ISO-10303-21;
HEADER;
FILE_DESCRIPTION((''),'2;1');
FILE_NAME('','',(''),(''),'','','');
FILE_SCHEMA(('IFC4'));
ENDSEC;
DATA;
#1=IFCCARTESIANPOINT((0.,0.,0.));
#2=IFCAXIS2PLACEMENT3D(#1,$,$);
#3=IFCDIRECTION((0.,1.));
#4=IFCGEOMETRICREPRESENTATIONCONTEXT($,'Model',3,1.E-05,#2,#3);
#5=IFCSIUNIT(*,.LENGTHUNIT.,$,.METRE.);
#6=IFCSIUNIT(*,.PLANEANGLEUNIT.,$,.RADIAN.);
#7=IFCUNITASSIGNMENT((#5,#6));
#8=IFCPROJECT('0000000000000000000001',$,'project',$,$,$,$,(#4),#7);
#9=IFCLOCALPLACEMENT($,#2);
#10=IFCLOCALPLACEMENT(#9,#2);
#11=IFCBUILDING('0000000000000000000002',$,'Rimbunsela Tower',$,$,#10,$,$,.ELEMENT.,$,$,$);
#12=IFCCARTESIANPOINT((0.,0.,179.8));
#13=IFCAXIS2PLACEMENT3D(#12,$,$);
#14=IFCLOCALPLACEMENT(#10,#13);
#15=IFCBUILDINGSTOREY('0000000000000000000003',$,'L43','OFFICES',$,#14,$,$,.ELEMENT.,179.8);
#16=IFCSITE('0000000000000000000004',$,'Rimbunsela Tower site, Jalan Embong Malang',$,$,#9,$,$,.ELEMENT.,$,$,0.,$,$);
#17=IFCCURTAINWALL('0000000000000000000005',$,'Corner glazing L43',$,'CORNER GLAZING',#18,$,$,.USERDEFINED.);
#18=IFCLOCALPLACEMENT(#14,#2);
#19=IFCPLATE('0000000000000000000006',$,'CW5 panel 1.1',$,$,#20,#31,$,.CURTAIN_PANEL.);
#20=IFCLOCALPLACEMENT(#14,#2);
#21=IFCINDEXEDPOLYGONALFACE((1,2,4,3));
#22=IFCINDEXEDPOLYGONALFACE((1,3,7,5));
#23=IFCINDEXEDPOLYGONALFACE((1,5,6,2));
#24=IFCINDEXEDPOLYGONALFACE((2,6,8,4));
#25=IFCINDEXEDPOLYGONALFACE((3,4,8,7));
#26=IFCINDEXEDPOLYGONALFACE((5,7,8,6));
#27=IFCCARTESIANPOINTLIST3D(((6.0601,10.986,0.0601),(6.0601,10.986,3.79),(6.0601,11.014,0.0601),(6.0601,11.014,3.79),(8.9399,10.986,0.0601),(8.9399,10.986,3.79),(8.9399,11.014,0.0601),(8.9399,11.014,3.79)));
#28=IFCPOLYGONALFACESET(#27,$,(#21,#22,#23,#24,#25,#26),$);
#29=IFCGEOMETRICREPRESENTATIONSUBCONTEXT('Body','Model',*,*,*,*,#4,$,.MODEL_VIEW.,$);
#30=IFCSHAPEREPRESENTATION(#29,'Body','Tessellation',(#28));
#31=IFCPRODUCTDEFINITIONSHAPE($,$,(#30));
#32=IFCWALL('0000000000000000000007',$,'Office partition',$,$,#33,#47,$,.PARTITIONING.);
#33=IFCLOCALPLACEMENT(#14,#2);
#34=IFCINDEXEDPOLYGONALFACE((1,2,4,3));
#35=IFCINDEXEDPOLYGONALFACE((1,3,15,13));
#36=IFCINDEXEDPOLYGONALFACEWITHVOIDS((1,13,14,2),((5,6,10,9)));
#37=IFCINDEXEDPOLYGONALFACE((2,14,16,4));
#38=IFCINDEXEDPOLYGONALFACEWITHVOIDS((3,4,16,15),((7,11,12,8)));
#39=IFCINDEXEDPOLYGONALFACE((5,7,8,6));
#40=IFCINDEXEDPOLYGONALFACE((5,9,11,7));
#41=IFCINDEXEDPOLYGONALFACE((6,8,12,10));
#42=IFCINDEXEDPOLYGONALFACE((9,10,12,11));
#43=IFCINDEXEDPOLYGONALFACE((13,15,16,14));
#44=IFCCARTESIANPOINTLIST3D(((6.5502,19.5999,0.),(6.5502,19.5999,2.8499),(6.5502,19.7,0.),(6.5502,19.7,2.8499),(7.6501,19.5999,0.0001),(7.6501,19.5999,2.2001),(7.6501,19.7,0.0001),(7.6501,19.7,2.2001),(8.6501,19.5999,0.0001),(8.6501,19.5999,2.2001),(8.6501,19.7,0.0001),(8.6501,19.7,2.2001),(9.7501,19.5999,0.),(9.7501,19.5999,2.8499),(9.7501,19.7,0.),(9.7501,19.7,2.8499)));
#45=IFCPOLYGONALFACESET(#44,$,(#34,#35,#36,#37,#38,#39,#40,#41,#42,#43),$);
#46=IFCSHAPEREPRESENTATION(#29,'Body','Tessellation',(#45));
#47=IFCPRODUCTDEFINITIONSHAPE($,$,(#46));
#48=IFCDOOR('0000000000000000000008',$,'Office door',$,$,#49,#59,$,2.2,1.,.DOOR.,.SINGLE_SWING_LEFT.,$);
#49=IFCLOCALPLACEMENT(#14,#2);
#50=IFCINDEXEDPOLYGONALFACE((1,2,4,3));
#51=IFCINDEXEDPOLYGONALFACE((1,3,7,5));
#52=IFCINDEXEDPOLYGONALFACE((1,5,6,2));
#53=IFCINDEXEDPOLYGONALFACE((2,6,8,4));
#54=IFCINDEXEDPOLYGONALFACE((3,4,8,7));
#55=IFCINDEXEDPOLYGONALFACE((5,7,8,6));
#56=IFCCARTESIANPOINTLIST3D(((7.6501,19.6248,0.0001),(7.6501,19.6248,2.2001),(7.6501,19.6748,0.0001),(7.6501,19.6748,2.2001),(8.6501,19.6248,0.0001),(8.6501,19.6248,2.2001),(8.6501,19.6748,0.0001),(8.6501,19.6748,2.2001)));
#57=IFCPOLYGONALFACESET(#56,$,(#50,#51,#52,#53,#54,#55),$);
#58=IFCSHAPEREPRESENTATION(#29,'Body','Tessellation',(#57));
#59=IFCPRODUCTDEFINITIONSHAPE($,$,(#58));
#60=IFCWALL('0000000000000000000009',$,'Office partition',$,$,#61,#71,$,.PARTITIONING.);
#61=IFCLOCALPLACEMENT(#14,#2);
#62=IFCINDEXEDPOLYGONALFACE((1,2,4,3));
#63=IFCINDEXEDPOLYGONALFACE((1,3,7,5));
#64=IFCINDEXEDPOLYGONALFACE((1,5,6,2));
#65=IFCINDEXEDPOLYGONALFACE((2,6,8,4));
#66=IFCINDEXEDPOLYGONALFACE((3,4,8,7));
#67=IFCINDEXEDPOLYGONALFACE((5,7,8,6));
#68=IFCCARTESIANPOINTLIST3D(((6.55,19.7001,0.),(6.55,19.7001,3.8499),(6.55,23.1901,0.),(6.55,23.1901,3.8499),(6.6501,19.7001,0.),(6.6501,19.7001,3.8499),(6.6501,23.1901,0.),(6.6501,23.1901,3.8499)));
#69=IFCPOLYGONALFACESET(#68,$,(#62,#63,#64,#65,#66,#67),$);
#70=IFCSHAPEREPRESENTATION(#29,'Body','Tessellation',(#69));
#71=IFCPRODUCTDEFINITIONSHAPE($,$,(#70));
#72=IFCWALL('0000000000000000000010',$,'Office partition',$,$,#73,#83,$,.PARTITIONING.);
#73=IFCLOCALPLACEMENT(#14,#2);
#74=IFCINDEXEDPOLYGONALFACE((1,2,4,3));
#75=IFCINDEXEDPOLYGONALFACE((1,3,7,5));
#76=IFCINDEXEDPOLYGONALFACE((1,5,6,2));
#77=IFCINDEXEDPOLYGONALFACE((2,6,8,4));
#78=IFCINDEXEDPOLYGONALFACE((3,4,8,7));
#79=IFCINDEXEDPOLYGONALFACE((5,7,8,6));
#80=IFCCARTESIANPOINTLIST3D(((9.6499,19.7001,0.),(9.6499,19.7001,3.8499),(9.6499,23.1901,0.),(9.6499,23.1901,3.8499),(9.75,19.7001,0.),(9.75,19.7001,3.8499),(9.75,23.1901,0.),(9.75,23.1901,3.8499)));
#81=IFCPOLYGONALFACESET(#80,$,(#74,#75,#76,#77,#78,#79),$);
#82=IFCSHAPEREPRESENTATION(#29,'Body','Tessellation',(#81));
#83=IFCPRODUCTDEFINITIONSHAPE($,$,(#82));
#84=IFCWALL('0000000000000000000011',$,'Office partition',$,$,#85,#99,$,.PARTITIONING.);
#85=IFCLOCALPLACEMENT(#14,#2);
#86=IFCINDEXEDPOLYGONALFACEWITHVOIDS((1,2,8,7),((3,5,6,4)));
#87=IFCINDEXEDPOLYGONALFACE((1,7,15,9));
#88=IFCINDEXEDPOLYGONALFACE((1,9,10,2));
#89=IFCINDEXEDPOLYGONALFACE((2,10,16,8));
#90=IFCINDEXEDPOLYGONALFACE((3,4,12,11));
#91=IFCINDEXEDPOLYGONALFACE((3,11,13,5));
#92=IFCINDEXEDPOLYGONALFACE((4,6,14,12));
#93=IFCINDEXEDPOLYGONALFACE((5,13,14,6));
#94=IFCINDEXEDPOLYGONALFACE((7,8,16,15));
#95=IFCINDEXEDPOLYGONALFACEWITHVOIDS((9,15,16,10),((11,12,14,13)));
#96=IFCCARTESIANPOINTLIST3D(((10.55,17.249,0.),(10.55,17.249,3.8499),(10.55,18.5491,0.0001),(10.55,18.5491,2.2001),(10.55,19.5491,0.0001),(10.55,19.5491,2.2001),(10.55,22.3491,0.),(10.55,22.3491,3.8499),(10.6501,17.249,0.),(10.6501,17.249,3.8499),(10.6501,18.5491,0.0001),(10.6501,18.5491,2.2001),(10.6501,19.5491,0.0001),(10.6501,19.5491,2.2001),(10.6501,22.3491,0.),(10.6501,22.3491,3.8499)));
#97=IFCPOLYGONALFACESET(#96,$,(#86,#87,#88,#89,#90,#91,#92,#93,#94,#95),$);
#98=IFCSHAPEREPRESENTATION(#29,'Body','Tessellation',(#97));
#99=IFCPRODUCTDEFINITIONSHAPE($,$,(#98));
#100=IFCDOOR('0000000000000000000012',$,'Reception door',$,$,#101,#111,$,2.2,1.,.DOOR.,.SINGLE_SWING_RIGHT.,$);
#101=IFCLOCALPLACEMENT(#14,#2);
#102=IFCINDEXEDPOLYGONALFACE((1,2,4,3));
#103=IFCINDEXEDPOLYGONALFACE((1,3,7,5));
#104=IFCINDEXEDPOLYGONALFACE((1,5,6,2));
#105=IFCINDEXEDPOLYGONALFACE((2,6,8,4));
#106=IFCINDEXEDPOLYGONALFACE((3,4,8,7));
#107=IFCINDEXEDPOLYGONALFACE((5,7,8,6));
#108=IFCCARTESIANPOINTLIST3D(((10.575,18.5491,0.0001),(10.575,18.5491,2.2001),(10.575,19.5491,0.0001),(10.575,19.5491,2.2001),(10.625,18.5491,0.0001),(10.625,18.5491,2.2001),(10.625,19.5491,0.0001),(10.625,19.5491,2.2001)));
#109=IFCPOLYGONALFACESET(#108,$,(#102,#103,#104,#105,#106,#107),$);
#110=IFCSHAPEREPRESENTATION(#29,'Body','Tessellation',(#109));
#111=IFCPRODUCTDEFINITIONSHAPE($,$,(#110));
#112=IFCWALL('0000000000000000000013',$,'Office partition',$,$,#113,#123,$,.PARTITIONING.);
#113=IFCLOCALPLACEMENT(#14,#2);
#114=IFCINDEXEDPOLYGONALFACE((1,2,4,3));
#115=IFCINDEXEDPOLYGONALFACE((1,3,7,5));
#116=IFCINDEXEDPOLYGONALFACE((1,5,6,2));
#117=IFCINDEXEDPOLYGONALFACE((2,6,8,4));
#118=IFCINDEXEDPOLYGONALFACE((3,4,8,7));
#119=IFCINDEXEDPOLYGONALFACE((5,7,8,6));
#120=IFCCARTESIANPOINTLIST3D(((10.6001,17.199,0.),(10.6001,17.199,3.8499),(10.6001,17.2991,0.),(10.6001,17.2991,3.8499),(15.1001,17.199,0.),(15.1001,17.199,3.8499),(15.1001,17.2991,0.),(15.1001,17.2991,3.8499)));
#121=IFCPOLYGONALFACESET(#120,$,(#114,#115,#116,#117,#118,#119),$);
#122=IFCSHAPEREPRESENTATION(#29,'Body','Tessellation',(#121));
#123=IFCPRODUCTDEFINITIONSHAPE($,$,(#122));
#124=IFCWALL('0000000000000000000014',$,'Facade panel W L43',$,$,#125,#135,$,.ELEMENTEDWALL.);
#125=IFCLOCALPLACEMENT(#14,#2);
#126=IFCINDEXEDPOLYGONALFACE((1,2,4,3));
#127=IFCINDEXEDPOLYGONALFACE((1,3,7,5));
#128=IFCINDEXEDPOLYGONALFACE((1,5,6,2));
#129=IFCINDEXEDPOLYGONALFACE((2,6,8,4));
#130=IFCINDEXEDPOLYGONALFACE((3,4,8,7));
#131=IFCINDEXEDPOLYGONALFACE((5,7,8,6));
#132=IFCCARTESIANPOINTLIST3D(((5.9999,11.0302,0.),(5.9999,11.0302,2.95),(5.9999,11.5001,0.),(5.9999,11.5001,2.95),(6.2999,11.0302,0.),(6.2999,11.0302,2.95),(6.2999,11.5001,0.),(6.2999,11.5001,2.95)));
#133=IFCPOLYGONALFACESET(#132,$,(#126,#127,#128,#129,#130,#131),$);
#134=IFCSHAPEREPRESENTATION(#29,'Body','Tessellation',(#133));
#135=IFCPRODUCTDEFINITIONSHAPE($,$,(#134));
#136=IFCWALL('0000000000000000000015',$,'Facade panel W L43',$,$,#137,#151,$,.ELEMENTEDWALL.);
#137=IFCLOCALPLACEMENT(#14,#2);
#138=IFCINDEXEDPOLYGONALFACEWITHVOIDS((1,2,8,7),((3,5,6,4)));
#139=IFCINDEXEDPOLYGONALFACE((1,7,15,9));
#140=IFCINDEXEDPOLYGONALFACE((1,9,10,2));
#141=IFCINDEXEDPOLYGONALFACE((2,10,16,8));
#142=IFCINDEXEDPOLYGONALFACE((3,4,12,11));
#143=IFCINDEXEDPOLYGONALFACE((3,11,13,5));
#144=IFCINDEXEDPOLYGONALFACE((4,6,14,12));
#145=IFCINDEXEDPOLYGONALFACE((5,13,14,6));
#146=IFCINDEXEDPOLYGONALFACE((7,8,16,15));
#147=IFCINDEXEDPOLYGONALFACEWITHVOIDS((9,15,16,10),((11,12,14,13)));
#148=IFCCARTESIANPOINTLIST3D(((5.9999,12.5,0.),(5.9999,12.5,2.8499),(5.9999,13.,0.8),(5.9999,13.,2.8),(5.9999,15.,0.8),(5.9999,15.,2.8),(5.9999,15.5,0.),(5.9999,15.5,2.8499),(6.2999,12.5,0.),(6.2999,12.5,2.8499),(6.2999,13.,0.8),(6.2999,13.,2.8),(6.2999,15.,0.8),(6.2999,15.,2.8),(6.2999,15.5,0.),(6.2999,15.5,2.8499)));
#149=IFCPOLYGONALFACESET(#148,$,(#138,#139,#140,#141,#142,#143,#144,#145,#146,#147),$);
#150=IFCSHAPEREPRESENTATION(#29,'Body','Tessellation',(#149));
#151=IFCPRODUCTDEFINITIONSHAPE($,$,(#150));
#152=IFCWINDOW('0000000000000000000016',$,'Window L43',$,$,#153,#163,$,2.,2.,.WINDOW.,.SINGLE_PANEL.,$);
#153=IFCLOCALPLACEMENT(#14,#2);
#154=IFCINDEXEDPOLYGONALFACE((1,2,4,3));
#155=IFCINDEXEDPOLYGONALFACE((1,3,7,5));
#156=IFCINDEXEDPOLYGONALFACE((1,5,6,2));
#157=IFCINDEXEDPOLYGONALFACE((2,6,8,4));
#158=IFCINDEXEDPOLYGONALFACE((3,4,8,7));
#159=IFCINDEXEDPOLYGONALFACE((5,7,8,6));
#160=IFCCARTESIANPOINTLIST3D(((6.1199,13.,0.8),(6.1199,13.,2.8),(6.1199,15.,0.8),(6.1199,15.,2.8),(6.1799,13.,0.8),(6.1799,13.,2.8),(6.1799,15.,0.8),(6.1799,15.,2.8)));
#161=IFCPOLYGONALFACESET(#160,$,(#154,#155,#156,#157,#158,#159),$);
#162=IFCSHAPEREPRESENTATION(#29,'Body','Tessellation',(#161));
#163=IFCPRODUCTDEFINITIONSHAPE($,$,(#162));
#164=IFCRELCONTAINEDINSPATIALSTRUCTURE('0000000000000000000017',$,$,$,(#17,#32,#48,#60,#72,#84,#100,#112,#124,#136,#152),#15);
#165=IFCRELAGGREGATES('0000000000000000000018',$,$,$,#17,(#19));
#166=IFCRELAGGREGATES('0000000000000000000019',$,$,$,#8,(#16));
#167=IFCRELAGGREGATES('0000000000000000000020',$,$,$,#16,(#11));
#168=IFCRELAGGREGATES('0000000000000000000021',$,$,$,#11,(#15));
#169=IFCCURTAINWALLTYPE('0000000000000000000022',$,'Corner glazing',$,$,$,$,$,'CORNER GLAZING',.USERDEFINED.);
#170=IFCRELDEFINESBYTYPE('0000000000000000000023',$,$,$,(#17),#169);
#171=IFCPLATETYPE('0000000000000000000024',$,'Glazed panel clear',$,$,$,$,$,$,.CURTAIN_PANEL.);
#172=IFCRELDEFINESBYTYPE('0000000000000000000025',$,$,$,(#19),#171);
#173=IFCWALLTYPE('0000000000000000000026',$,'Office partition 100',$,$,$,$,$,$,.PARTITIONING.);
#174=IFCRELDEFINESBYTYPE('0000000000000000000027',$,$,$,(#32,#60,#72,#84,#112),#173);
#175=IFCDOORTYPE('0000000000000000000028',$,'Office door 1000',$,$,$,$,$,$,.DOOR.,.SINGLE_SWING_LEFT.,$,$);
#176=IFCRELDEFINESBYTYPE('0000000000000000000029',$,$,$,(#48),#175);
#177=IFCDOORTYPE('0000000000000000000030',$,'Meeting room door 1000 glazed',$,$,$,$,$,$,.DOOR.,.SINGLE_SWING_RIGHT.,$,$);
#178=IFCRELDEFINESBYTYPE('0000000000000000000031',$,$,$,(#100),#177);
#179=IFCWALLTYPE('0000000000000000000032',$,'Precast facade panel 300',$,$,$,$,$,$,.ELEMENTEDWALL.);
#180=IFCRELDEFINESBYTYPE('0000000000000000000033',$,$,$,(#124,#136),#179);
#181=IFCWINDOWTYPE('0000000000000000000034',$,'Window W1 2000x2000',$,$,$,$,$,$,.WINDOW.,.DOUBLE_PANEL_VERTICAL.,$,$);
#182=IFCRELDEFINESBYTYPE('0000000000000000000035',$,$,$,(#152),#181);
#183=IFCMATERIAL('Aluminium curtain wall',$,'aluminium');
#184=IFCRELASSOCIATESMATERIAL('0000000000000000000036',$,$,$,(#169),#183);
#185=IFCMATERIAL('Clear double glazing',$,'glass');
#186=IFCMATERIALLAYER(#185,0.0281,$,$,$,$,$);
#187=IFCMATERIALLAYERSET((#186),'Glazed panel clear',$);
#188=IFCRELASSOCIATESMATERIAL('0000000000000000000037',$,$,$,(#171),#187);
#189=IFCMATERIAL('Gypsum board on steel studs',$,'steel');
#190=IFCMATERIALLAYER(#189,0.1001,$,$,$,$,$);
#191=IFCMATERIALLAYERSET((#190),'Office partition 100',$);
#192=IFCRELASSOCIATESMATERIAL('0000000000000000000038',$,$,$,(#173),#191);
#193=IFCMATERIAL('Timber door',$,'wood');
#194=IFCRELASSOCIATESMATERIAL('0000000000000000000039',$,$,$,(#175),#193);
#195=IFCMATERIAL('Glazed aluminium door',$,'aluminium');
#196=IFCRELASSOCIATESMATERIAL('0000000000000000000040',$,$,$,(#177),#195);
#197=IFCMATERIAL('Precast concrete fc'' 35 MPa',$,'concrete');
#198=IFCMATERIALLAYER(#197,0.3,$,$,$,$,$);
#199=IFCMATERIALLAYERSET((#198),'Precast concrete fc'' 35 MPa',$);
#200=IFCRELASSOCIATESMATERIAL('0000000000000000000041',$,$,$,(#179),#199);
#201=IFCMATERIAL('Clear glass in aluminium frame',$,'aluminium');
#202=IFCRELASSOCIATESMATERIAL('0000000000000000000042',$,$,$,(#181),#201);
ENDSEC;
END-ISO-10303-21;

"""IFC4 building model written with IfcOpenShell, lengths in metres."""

from ifc_helpers import new_model, si_unit, direction, frame, frame_2d, origin, origin_2d, place, context, subcontext, project, spatial, rectangle, extrude, material, layer, layer_set, type_object, element, fill, aggregate, save


model = new_model("IFC4")

# Units and contexts
model_context = context("Model", 3, precision=1e-05, world=origin(), true_north=direction((0.0, 1.0)))
body_context = subcontext(model_context, "Body", "Model", "MODEL_VIEW")
ifc_project = project(units=[si_unit("LENGTHUNIT", "METRE"), si_unit("PLANEANGLEUNIT", "RADIAN")], contexts=[model_context])

# Site, building, storey
site_placement = place(None, origin())
site = spatial("IfcSite", under=ifc_project, at=site_placement, Name="Rimbunsela Tower site, Jalan Embong Malang", CompositionType="ELEMENT", RefElevation=0.0)
building_placement = place(site_placement, origin())
building = spatial("IfcBuilding", under=site, at=building_placement, Name="Rimbunsela Tower", CompositionType="ELEMENT")
storey_placement = place(building_placement, frame((0.0, 0.0, 179.8)))
storey = spatial("IfcBuildingStorey", under=building, at=storey_placement, Name="L43", Description="OFFICES", CompositionType="ELEMENT", Elevation=179.8)

# Curtain wall, plate
ifc_material_1 = material(Name="Aluminium curtain wall", Category="aluminium")
curtain_wall_type = type_object("IfcCurtainWallType", Name="Corner glazing", ElementType="CORNER GLAZING", PredefinedType="USERDEFINED", material=ifc_material_1)
curtain_wall_placement = place(storey_placement, origin())
curtain_wall = element("IfcCurtainWall", 1, at=curtain_wall_placement, inside=storey, type_object=curtain_wall_type, Name="Corner glazing L43", ObjectType="CORNER GLAZING", PredefinedType="USERDEFINED")
ifc_material_2 = material(Name="Clear double glazing", Category="glass")
ifc_layer_1 = layer(ifc_material_2, 0.0281)
ifc_layer_set_1 = layer_set([ifc_layer_1], Name="Glazed panel clear")
plate_type = type_object("IfcPlateType", Name="Glazed panel clear", PredefinedType="CURTAIN_PANEL", material=ifc_layer_set_1)
plate_placement = place(storey_placement, frame((7.5, 11.0, 0.0601), z_axis=(0.0, 0.0, 1.0), x_axis=(1.0, 0.0, 0.0)))
plate = element("IfcPlate", 2, at=plate_placement, type_object=plate_type, Name="CW5 panel 1.1", PredefinedType="CURTAIN_PANEL", context=body_context, shape_type="SweptSolid", body=[
    extrude(rectangle(XDim=2.8799, YDim=0.0281, at=origin_2d()), origin(), (0.0, 0.0, 1.0), 3.73),
])
aggregate(curtain_wall, [plate])

# Wall, opening, door
ifc_material_3 = material(Name="Gypsum board on steel studs", Category="steel")
ifc_layer_2 = layer(ifc_material_3, 0.1001)
ifc_layer_set_2 = layer_set([ifc_layer_2], Name="Office partition 100")
wall_type_1 = type_object("IfcWallType", Name="Office partition 100", PredefinedType="PARTITIONING", material=ifc_layer_set_2)
wall_1_placement = place(storey_placement, frame((6.55, 19.6499, 0.0), z_axis=(0.0, 0.0, 1.0), x_axis=(1.0, 0.0, 0.0)))
wall_1 = element("IfcWall", 3, at=wall_1_placement, inside=storey, type_object=wall_type_1, Name="Office partition", PredefinedType="PARTITIONING", context=body_context, shape_type="SweptSolid", body=[
    extrude(rectangle(XDim=3.2, YDim=0.1001, at=frame_2d((1.6001, 0.0))), origin(), (0.0, 0.0, 1.0), 2.8499),
])
opening_1_placement = place(wall_1_placement, frame((1.1001, 0.0, 0.0)))
opening_1 = element("IfcOpeningElement", 4, at=opening_1_placement, cuts=wall_1, PredefinedType="OPENING", context=body_context, shape_type="SweptSolid", body=[
    extrude(rectangle(XDim=1.0, YDim=2.2, at=frame_2d((0.5, 1.1001))), frame((0.0, 0.0601, 0.0), z_axis=(0.0, -1.0, 0.0), x_axis=(1.0, 0.0, 0.0)), (0.0, 0.0, 1.0), 0.1201),
])
ifc_material_4 = material(Name="Timber door", Category="wood")
door_type_1 = type_object("IfcDoorType", Name="Office door 1000", OperationType="SINGLE_SWING_LEFT", PredefinedType="DOOR", material=ifc_material_4)
door_1_placement = place(opening_1_placement, origin())
door_1 = element("IfcDoor", 5, at=door_1_placement, inside=storey, type_object=door_type_1, Name="Office door", OperationType="SINGLE_SWING_LEFT", OverallHeight=2.2, OverallWidth=1.0, PredefinedType="DOOR", context=body_context, shape_type="SweptSolid", body=[
    extrude(rectangle(XDim=1.0, YDim=2.2, at=frame_2d((0.5, 1.1001))), frame((0.0, 0.0249, 0.0), z_axis=(0.0, -1.0, 0.0), x_axis=(1.0, 0.0, 0.0)), (0.0, 0.0, 1.0), 0.05),
])
fill(opening_1, door_1)

# Walls
for number, where, z_axis, x_axis, name in (
    (6, (6.6001, 19.7, 0.0), (0.0, 0.0, 1.0), (0.0, 1.0, 0.0), "Office partition"),
    (7, (9.7, 19.7, 0.0), (0.0, 0.0, 1.0), (0.0, 1.0, 0.0), "Office partition"),
):
    element("IfcWall", number, at=place(storey_placement, frame(where, z_axis=z_axis, x_axis=x_axis)), inside=storey, type_object=wall_type_1, Name=name, PredefinedType="PARTITIONING", context=body_context, shape_type="SweptSolid", body=[
        extrude(rectangle(XDim=3.49, YDim=0.1001, at=frame_2d((1.7451, 0.0))), origin(), (0.0, 0.0, 1.0), 3.8499),
    ])

# Wall, opening, door
wall_2_placement = place(storey_placement, frame((10.6001, 22.3491, 0.0), z_axis=(0.0, 0.0, 1.0), x_axis=(0.0, -1.0, 0.0)))
wall_2 = element("IfcWall", 8, at=wall_2_placement, inside=storey, type_object=wall_type_1, Name="Office partition", PredefinedType="PARTITIONING", context=body_context, shape_type="SweptSolid", body=[
    extrude(rectangle(XDim=5.1001, YDim=0.1001, at=frame_2d((2.55, 0.0))), origin(), (0.0, 0.0, 1.0), 3.8499),
])
opening_2_placement = place(wall_2_placement, frame((2.8, 0.0, 0.0)))
opening_2 = element("IfcOpeningElement", 9, at=opening_2_placement, cuts=wall_2, PredefinedType="OPENING", context=body_context, shape_type="SweptSolid", body=[
    extrude(rectangle(XDim=1.0, YDim=2.2, at=frame_2d((0.5, 1.1001))), frame((0.0, 0.0601, 0.0), z_axis=(0.0, -1.0, 0.0), x_axis=(1.0, 0.0, 0.0)), (0.0, 0.0, 1.0), 0.1201),
])
ifc_material_5 = material(Name="Glazed aluminium door", Category="aluminium")
door_type_2 = type_object("IfcDoorType", Name="Meeting room door 1000 glazed", OperationType="SINGLE_SWING_RIGHT", PredefinedType="DOOR", material=ifc_material_5)
door_2_placement = place(opening_2_placement, origin())
door_2 = element("IfcDoor", 10, at=door_2_placement, inside=storey, type_object=door_type_2, Name="Reception door", OperationType="SINGLE_SWING_RIGHT", OverallHeight=2.2, OverallWidth=1.0, PredefinedType="DOOR", context=body_context, shape_type="SweptSolid", body=[
    extrude(rectangle(XDim=1.0, YDim=2.2, at=frame_2d((0.5, 1.1001))), frame((0.0, 0.0249, 0.0), z_axis=(0.0, -1.0, 0.0), x_axis=(1.0, 0.0, 0.0)), (0.0, 0.0, 1.0), 0.05),
])
fill(opening_2, door_2)

# Walls
wall_3_placement = place(storey_placement, frame((10.6001, 17.249, 0.0), z_axis=(0.0, 0.0, 1.0), x_axis=(1.0, 0.0, 0.0)))
element("IfcWall", 11, at=wall_3_placement, inside=storey, type_object=wall_type_1, Name="Office partition", PredefinedType="PARTITIONING", context=body_context, shape_type="SweptSolid", body=[
    extrude(rectangle(XDim=4.5, YDim=0.1001, at=frame_2d((2.25, 0.0))), origin(), (0.0, 0.0, 1.0), 3.8499),
])
ifc_material_6 = material(Name="Precast concrete fc' 35 MPa", Category="concrete")
ifc_layer_3 = layer(ifc_material_6, 0.3)
ifc_layer_set_3 = layer_set([ifc_layer_3], Name="Precast concrete fc' 35 MPa")
wall_type_2 = type_object("IfcWallType", Name="Precast facade panel 300", PredefinedType="ELEMENTEDWALL", material=ifc_layer_set_3)
wall_4_placement = place(storey_placement, frame((6.1499, 11.5, 0.0), z_axis=(0.0, 0.0, 1.0), x_axis=(0.0, -1.0, 0.0)))
element("IfcWall", 12, at=wall_4_placement, inside=storey, type_object=wall_type_2, Name="Facade panel W L43", PredefinedType="ELEMENTEDWALL", context=body_context, shape_type="SweptSolid", body=[
    extrude(rectangle(XDim=0.47, YDim=0.3, at=frame_2d((0.2349, 0.0))), origin(), (0.0, 0.0, 1.0), 2.95),
])

# Wall, opening, window
wall_5_placement = place(storey_placement, frame((6.1499, 15.5, 0.0), z_axis=(0.0, 0.0, 1.0), x_axis=(0.0, -1.0, 0.0)))
wall_5 = element("IfcWall", 13, at=wall_5_placement, inside=storey, type_object=wall_type_2, Name="Facade panel W L43", PredefinedType="ELEMENTEDWALL", context=body_context, shape_type="SweptSolid", body=[
    extrude(rectangle(XDim=3.0, YDim=0.3, at=frame_2d((1.5, 0.0))), origin(), (0.0, 0.0, 1.0), 2.8499),
])
opening_3_placement = place(wall_5_placement, frame((0.5, 0.0, 0.8)))
opening_3 = element("IfcOpeningElement", 14, at=opening_3_placement, cuts=wall_5, PredefinedType="OPENING", context=body_context, shape_type="SweptSolid", body=[
    extrude(rectangle(XDim=2.0, YDim=2.0, at=frame_2d((1.0, 1.0))), frame((0.0, 0.1599, 0.0), z_axis=(0.0, -1.0, 0.0), x_axis=(1.0, 0.0, 0.0)), (0.0, 0.0, 1.0), 0.3201),
])
ifc_material_7 = material(Name="Clear glass in aluminium frame", Category="aluminium")
window_type = type_object("IfcWindowType", Name="Window W1 2000x2000", PartitioningType="DOUBLE_PANEL_VERTICAL", PredefinedType="WINDOW", material=ifc_material_7)
window_1_placement = place(opening_3_placement, origin())
window_1 = element("IfcWindow", 15, at=window_1_placement, inside=storey, type_object=window_type, Name="Window L43", OverallHeight=2.0, OverallWidth=2.0, PartitioningType="SINGLE_PANEL", PredefinedType="WINDOW", context=body_context, shape_type="SweptSolid", body=[
    extrude(rectangle(XDim=2.0, YDim=2.0, at=frame_2d((1.0, 1.0))), frame((0.0, 0.03, 0.0), z_axis=(0.0, -1.0, 0.0), x_axis=(1.0, 0.0, 0.0)), (0.0, 0.0, 1.0), 0.0601),
])
fill(opening_3, window_1)

save(model, "model.ifc")
